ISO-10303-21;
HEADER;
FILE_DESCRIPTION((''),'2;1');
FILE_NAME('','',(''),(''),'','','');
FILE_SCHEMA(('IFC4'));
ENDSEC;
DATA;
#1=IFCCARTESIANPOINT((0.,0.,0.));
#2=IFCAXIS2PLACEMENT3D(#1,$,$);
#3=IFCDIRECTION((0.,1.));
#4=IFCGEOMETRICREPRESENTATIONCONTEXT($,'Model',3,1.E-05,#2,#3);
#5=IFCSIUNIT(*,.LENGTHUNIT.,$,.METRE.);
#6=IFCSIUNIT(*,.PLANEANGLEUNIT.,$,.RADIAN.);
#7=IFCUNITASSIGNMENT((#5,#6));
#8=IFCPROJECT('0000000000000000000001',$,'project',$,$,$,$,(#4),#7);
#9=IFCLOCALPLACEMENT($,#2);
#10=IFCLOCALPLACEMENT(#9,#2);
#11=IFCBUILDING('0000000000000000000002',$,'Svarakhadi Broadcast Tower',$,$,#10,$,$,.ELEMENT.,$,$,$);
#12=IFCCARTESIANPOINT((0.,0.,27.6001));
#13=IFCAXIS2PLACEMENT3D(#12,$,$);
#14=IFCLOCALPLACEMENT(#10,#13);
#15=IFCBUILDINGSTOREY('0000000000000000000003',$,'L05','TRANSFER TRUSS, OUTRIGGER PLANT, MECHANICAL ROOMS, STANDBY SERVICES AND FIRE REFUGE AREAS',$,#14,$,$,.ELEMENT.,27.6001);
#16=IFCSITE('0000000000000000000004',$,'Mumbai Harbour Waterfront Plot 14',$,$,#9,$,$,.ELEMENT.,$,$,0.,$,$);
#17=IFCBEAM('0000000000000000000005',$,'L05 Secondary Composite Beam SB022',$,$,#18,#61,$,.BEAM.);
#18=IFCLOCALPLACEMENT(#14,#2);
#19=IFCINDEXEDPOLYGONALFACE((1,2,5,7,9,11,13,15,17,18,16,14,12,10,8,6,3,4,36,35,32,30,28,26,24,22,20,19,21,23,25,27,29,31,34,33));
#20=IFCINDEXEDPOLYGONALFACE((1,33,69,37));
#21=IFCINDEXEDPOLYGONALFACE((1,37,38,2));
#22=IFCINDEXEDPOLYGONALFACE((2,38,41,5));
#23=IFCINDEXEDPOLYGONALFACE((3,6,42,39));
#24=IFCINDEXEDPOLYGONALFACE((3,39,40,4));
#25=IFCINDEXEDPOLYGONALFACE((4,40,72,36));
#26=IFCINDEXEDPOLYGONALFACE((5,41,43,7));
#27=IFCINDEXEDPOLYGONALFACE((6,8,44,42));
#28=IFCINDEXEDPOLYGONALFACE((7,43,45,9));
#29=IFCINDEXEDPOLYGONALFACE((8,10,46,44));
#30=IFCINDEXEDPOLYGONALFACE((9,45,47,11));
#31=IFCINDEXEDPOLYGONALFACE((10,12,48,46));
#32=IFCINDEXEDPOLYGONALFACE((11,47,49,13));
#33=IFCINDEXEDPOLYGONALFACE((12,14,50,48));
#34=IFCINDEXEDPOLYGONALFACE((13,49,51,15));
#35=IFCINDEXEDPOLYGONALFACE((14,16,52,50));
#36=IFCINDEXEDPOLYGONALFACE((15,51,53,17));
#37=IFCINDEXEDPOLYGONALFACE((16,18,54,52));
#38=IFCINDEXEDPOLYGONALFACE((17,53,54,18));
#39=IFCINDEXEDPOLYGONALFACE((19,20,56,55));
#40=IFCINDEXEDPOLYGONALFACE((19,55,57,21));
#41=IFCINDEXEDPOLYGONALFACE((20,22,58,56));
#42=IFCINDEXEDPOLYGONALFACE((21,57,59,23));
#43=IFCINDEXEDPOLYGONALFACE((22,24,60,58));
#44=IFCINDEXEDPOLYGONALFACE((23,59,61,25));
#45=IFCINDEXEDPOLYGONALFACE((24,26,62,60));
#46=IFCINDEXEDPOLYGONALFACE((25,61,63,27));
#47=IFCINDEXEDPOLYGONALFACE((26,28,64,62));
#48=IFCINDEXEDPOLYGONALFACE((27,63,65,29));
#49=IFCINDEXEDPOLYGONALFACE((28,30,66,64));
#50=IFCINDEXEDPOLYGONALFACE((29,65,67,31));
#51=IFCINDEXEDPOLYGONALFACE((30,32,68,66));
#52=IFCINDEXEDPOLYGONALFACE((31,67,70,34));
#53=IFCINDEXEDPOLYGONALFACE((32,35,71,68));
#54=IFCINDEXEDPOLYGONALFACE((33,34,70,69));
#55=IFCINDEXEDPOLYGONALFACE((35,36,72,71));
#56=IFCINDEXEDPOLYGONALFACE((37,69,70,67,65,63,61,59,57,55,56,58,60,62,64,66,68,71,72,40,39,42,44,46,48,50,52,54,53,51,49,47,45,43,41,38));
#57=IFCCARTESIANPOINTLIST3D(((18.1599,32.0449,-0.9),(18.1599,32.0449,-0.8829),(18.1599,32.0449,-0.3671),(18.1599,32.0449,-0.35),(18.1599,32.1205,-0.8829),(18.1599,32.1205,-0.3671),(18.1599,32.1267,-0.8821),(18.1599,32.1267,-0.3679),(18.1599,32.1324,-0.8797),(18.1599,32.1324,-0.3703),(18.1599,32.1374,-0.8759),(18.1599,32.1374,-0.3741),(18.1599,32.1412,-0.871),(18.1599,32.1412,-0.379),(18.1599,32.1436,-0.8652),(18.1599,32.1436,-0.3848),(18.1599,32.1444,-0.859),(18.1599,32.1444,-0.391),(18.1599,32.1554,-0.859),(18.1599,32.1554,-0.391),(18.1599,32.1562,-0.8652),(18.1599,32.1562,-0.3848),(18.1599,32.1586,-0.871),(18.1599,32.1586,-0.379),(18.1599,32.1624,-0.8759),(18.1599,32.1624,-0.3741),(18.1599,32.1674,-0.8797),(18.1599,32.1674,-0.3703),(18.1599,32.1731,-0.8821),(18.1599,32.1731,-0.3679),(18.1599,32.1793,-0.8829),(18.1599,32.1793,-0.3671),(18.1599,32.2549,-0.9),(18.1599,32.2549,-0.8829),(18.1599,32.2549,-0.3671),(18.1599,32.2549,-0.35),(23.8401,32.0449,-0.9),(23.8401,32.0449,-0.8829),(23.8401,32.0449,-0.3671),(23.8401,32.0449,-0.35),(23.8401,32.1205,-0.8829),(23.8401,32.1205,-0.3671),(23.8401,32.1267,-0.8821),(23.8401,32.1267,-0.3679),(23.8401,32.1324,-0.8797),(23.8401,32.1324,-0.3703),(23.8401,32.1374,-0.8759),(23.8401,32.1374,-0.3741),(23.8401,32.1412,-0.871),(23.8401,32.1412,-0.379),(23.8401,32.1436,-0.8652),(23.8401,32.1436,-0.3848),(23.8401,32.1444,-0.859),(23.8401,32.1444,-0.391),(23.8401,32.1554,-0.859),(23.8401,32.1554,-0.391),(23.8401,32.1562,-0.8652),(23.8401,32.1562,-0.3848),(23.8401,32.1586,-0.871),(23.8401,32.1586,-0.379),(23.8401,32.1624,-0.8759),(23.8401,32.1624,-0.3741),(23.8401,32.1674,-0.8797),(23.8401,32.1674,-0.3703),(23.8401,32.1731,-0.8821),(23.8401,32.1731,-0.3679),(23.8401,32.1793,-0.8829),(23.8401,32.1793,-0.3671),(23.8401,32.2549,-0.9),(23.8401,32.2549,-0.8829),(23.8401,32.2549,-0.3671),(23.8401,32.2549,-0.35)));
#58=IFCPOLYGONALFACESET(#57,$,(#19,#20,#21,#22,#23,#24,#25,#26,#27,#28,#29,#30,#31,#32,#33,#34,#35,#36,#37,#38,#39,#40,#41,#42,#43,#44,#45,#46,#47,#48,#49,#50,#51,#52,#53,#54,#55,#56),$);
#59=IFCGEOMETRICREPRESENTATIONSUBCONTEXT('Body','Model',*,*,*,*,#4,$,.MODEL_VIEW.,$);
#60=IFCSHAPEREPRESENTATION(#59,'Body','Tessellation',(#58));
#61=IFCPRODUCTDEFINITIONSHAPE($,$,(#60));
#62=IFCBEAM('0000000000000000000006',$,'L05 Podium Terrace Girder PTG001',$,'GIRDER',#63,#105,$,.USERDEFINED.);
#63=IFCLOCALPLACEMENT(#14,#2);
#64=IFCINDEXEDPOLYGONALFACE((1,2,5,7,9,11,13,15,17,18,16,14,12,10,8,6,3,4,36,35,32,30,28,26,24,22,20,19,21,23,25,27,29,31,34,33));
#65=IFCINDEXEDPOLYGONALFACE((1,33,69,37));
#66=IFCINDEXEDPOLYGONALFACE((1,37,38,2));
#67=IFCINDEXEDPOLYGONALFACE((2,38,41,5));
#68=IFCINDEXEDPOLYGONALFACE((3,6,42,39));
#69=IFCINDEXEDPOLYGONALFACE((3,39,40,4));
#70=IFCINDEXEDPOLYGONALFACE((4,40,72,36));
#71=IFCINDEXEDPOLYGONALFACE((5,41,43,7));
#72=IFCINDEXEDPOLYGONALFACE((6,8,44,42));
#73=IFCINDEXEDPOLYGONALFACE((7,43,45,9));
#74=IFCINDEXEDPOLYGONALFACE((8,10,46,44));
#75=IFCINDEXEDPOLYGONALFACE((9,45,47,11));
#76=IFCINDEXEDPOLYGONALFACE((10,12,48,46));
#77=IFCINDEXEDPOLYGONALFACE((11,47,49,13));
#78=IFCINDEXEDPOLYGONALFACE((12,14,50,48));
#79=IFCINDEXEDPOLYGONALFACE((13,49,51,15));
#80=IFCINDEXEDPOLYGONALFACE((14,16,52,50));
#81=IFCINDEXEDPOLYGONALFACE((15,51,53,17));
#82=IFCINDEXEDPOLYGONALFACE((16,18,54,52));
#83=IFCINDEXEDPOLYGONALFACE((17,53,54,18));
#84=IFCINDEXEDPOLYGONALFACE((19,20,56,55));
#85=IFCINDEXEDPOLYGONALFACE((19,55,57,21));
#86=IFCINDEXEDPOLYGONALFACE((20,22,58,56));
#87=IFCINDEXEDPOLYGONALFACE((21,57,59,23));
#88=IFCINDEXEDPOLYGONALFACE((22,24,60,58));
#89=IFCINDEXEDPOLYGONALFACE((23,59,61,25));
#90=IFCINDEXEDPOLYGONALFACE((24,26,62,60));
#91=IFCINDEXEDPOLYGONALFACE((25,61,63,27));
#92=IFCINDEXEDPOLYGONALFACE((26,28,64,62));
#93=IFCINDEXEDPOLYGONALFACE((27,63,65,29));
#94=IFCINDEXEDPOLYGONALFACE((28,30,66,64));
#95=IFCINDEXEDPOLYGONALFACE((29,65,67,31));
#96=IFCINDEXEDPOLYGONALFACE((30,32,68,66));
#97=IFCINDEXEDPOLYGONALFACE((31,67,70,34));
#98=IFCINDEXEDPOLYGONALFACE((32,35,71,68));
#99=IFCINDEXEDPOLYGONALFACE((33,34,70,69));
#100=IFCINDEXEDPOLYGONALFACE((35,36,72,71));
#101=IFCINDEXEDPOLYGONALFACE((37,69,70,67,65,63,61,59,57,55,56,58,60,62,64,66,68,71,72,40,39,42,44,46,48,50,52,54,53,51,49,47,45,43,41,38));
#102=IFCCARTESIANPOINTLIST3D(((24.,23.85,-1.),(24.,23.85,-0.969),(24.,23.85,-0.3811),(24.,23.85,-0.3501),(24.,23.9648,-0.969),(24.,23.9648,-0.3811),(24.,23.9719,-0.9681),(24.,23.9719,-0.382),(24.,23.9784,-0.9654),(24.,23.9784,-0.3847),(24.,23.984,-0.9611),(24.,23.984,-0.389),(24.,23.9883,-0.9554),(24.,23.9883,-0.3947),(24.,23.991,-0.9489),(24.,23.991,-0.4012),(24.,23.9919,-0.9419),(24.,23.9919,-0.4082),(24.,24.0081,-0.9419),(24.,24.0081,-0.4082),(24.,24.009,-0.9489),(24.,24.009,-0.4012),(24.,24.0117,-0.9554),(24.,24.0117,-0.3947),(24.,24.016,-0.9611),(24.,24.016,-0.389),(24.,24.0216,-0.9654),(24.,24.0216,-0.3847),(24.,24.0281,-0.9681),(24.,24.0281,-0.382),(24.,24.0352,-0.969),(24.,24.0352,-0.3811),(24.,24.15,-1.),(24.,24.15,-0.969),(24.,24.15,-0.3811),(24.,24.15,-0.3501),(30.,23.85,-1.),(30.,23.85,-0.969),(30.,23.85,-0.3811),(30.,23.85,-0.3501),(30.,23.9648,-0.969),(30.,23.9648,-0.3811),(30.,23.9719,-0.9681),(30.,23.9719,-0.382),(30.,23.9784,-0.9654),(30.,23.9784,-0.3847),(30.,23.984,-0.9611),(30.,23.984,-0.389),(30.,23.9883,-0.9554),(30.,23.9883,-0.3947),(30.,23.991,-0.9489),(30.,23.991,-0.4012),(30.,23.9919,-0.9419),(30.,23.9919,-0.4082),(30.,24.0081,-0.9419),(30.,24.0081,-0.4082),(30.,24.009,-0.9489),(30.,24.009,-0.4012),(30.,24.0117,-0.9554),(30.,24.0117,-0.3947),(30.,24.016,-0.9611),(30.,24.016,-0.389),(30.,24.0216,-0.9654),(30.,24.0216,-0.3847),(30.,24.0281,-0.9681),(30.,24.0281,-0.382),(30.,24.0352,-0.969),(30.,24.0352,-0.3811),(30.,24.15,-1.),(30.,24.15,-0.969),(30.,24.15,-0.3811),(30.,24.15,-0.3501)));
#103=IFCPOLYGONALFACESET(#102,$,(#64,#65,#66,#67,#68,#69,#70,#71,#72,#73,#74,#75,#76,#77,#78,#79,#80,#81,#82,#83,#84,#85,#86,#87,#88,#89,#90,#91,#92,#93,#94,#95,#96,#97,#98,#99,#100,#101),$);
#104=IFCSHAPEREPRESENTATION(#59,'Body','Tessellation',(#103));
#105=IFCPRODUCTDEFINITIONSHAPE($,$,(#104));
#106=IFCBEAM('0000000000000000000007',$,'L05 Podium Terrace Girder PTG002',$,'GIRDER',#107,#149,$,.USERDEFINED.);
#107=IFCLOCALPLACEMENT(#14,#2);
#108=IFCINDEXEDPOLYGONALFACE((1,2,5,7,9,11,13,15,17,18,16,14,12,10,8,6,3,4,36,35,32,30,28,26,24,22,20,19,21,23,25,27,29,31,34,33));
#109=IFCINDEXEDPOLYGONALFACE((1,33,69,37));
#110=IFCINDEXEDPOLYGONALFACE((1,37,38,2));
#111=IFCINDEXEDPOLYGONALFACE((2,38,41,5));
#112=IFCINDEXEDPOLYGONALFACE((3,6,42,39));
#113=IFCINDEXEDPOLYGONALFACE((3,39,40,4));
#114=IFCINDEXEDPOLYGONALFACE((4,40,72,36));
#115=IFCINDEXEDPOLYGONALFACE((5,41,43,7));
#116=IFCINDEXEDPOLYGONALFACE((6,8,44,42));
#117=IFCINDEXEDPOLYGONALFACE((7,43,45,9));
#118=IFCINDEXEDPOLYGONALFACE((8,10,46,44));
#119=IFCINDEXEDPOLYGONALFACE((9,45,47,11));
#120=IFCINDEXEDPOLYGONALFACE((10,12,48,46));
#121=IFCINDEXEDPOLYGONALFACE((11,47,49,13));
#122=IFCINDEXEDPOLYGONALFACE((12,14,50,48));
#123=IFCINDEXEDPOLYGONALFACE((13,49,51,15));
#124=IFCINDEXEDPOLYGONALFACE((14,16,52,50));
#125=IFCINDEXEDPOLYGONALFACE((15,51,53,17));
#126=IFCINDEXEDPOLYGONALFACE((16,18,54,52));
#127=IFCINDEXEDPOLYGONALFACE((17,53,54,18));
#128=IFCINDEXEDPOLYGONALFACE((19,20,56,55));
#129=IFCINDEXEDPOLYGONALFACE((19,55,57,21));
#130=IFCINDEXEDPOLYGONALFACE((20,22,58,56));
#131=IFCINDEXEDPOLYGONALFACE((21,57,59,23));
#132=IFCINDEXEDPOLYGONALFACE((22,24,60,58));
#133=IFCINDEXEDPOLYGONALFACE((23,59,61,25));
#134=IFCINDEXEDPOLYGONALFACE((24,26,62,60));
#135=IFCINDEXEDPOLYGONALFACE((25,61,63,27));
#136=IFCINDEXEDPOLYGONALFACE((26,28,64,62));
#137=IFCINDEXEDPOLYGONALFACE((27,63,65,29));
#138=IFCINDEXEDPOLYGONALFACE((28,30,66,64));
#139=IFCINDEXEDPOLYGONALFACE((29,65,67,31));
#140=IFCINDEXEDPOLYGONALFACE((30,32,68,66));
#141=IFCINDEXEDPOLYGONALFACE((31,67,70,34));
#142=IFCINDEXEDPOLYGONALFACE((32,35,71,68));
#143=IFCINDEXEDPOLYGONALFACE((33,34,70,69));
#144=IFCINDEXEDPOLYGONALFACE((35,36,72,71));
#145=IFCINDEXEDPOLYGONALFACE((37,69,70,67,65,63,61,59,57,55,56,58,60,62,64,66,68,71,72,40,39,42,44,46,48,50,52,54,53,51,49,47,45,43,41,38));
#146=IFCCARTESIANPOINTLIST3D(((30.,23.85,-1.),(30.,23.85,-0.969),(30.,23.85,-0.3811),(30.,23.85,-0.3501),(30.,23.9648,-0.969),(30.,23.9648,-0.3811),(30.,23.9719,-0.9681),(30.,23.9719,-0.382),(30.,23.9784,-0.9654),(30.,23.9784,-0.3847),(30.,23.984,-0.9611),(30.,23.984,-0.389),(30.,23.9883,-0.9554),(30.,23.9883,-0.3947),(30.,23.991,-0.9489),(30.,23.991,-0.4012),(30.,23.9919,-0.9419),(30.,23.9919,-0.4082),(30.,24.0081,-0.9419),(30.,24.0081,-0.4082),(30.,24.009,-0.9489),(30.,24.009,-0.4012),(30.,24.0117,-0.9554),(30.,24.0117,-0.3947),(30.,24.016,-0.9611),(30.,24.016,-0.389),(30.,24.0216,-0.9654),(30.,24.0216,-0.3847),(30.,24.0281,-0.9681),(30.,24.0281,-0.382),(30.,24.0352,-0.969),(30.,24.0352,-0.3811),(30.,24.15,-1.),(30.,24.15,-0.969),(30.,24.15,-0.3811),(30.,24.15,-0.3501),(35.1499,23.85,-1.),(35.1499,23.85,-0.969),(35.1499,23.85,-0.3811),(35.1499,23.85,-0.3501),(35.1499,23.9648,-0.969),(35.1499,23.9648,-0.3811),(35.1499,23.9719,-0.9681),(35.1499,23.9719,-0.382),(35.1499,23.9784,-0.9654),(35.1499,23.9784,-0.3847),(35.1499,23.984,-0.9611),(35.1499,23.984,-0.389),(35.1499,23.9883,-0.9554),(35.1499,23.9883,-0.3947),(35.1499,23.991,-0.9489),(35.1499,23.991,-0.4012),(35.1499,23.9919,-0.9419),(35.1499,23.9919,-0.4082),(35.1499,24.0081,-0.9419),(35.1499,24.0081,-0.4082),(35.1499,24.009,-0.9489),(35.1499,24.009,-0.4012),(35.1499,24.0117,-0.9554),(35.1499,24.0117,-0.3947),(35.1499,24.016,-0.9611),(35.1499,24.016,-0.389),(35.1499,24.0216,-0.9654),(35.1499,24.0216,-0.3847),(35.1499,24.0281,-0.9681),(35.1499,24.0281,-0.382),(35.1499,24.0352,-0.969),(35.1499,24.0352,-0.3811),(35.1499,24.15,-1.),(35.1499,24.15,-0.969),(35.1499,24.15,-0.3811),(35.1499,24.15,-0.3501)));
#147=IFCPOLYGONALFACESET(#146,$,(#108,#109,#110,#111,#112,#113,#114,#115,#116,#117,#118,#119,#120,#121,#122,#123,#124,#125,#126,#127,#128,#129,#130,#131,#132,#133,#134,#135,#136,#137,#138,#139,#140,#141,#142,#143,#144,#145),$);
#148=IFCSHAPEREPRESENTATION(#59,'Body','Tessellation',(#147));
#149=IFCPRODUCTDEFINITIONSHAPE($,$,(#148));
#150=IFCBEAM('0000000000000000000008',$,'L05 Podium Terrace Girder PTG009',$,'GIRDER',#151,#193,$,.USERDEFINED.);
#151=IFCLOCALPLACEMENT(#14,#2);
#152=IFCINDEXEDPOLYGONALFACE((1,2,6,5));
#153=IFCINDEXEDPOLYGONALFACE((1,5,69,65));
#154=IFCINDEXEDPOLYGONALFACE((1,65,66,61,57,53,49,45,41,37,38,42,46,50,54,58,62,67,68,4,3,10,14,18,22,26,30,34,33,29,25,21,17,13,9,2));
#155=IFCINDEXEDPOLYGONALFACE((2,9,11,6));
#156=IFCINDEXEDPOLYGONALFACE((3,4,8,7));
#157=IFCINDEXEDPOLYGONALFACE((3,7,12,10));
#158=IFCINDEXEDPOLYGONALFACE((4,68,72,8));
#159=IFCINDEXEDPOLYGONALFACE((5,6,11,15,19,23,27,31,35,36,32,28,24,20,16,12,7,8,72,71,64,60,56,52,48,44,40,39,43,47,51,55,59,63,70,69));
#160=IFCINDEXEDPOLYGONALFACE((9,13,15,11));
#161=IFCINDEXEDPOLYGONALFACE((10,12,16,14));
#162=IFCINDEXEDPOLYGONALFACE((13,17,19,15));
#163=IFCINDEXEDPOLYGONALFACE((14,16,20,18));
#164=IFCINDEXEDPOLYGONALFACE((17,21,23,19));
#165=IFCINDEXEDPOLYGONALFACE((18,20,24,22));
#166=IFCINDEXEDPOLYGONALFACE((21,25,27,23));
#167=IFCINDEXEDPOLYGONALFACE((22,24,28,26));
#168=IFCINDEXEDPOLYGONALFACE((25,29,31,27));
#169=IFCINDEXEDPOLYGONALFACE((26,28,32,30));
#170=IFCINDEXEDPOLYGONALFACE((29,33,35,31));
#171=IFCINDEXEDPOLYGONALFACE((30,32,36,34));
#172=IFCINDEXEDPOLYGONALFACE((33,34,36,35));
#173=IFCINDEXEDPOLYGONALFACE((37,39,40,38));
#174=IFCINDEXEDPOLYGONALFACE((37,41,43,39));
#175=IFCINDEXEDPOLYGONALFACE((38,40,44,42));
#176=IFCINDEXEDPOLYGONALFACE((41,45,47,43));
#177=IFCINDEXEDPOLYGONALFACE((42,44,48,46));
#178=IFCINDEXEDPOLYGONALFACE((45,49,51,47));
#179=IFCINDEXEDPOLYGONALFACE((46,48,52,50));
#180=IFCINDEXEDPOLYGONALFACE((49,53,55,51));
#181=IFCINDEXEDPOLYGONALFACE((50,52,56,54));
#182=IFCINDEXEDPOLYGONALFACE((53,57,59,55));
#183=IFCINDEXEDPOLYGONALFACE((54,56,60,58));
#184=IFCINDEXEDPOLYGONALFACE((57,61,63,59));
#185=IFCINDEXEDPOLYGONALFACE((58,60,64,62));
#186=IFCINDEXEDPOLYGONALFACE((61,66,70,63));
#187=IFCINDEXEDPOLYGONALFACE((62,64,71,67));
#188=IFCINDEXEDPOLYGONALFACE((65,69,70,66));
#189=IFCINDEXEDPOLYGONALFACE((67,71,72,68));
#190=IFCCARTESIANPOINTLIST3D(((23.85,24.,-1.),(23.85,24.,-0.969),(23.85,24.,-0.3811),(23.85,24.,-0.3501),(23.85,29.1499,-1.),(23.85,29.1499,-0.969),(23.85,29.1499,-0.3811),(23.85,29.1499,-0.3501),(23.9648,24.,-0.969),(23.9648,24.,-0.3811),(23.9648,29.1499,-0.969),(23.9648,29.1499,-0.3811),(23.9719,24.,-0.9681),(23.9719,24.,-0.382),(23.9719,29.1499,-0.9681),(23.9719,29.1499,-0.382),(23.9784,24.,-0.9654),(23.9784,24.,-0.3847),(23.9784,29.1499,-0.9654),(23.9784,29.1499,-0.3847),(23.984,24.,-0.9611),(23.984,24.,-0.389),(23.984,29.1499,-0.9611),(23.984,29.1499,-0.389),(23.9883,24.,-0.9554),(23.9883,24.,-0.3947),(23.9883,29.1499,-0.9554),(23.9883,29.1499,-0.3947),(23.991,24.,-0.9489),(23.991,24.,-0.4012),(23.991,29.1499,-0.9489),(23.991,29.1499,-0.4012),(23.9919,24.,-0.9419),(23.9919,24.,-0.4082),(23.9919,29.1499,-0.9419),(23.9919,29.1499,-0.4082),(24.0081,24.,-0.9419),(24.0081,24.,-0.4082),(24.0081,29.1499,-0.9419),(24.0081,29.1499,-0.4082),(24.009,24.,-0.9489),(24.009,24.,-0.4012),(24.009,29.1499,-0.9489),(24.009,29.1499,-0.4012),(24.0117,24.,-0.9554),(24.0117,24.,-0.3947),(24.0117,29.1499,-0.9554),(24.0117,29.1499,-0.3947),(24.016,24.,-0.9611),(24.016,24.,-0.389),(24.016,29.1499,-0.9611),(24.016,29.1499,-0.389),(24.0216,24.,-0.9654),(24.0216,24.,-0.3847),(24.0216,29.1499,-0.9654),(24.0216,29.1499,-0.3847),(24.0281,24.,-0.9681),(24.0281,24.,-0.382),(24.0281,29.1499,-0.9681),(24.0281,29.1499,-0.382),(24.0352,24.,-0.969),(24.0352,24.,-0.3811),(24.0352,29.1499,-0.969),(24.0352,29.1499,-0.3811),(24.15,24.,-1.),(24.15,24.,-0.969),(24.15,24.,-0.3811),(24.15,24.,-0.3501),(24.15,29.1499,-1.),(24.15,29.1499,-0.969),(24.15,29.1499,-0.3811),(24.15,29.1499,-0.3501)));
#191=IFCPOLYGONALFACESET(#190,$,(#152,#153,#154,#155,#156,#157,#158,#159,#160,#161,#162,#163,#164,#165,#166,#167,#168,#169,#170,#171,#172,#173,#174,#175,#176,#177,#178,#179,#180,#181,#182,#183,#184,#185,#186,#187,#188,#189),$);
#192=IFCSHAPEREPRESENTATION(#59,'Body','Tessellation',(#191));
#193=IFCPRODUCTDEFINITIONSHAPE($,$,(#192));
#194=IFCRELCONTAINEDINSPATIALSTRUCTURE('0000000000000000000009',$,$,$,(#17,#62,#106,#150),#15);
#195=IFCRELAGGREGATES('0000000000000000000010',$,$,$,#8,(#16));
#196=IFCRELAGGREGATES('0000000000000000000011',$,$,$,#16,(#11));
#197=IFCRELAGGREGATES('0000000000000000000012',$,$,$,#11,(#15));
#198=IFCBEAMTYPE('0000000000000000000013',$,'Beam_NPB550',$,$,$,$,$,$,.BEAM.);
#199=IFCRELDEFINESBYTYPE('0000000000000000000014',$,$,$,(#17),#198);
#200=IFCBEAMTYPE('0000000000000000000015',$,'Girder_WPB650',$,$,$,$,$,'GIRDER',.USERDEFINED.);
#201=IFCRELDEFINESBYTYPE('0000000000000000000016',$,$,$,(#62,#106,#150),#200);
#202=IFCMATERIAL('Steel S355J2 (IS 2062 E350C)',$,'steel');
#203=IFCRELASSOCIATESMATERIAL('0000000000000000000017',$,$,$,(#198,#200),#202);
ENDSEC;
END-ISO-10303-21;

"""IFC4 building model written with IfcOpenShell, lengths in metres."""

from ifc_helpers import new_model, si_unit, direction, frame, origin, origin_2d, place, context, subcontext, project, spatial, i_section, extrude, material, material_profile, profile_set, type_object, element, save


model = new_model("IFC4")

# Units and contexts
model_context = context("Model", 3, precision=1e-05, world=origin(), true_north=direction((0.0, 1.0)))
body_context = subcontext(model_context, "Body", "Model", "MODEL_VIEW")
ifc_project = project(units=[si_unit("LENGTHUNIT", "METRE"), si_unit("PLANEANGLEUNIT", "RADIAN")], contexts=[model_context])

# Site, building, storey
site_placement = place(None, origin())
site = spatial("IfcSite", under=ifc_project, at=site_placement, Name="Mumbai Harbour Waterfront Plot 14", CompositionType="ELEMENT", RefElevation=0.0)
building_placement = place(site_placement, origin())
building = spatial("IfcBuilding", under=site, at=building_placement, Name="Svarakhadi Broadcast Tower", CompositionType="ELEMENT")
storey_placement = place(building_placement, frame((0.0, 0.0, 27.6001)))
storey = spatial("IfcBuildingStorey", under=building, at=storey_placement, Name="L05", Description="TRANSFER TRUSS, OUTRIGGER PLANT, MECHANICAL ROOMS, STANDBY SERVICES AND FIRE REFUGE AREAS", CompositionType="ELEMENT", Elevation=27.6001)

# Beams
ifc_material_1 = material(Name="Steel S355J2 (IS 2062 E350C)", Category="steel")
ifc_material_profile_1 = material_profile(ifc_material_1, i_section(OverallWidth=0.21, OverallDepth=0.55, WebThickness=0.011, FlangeThickness=0.0171, FilletRadius=0.0239, at=origin_2d()), Name="NPB 550x210x106")
ifc_profile_set_1 = profile_set([ifc_material_profile_1], Name="Steel S355J2 (IS 2062 E350C)")
beam_type_1 = type_object("IfcBeamType", Name="Beam_NPB550", PredefinedType="BEAM", material=ifc_profile_set_1)
beam_1_placement = place(storey_placement, frame((18.1599, 32.1499, -0.625), z_axis=(1.0, 0.0, 0.0), x_axis=(0.0, 1.0, 0.0)))
element("IfcBeam", 1, at=beam_1_placement, inside=storey, type_object=beam_type_1, Name="L05 Secondary Composite Beam SB022", PredefinedType="BEAM", context=body_context, shape_type="SweptSolid", body=[
    extrude(i_section(OverallWidth=0.21, OverallDepth=0.55, WebThickness=0.011, FlangeThickness=0.0171, FilletRadius=0.0239, at=origin_2d()), origin(), (0.0, 0.0, 1.0), 5.6802),
])
ifc_material_profile_2 = material_profile(ifc_material_1, i_section(OverallWidth=0.3, OverallDepth=0.6499, WebThickness=0.0161, FlangeThickness=0.031, FilletRadius=0.0271, at=origin_2d()), Name="WPB 650x300x225")
ifc_profile_set_2 = profile_set([ifc_material_profile_2], Name="Steel S355J2 (IS 2062 E350C)")
beam_type_2 = type_object("IfcBeamType", Name="Girder_WPB650", ElementType="GIRDER", PredefinedType="USERDEFINED", material=ifc_profile_set_2)
beam_2_placement = place(storey_placement, frame((24.0, 24.0, -0.675), z_axis=(1.0, 0.0, 0.0), x_axis=(0.0, 1.0, 0.0)))
element("IfcBeam", 2, at=beam_2_placement, inside=storey, type_object=beam_type_2, Name="L05 Podium Terrace Girder PTG001", ObjectType="GIRDER", PredefinedType="USERDEFINED", context=body_context, shape_type="SweptSolid", body=[
    extrude(i_section(OverallWidth=0.3, OverallDepth=0.6499, WebThickness=0.0161, FlangeThickness=0.031, FilletRadius=0.0271, at=origin_2d()), origin(), (0.0, 0.0, 1.0), 6.0),
])
for number, where, z_axis, x_axis, name in (
    (3, (30.0, 24.0, -0.675), (1.0, 0.0, 0.0), (0.0, 1.0, 0.0), "L05 Podium Terrace Girder PTG002"),
    (4, (24.0, 24.0, -0.675), (0.0, 1.0, 0.0), (-1.0, 0.0, 0.0), "L05 Podium Terrace Girder PTG009"),
):
    element("IfcBeam", number, at=place(storey_placement, frame(where, z_axis=z_axis, x_axis=x_axis)), inside=storey, type_object=beam_type_2, Name=name, ObjectType="GIRDER", PredefinedType="USERDEFINED", context=body_context, shape_type="SweptSolid", body=[
        extrude(i_section(OverallWidth=0.3, OverallDepth=0.6499, WebThickness=0.0161, FlangeThickness=0.031, FilletRadius=0.0271, at=origin_2d()), origin(), (0.0, 0.0, 1.0), 5.1499),
    ])

save(model, "model.ifc")
